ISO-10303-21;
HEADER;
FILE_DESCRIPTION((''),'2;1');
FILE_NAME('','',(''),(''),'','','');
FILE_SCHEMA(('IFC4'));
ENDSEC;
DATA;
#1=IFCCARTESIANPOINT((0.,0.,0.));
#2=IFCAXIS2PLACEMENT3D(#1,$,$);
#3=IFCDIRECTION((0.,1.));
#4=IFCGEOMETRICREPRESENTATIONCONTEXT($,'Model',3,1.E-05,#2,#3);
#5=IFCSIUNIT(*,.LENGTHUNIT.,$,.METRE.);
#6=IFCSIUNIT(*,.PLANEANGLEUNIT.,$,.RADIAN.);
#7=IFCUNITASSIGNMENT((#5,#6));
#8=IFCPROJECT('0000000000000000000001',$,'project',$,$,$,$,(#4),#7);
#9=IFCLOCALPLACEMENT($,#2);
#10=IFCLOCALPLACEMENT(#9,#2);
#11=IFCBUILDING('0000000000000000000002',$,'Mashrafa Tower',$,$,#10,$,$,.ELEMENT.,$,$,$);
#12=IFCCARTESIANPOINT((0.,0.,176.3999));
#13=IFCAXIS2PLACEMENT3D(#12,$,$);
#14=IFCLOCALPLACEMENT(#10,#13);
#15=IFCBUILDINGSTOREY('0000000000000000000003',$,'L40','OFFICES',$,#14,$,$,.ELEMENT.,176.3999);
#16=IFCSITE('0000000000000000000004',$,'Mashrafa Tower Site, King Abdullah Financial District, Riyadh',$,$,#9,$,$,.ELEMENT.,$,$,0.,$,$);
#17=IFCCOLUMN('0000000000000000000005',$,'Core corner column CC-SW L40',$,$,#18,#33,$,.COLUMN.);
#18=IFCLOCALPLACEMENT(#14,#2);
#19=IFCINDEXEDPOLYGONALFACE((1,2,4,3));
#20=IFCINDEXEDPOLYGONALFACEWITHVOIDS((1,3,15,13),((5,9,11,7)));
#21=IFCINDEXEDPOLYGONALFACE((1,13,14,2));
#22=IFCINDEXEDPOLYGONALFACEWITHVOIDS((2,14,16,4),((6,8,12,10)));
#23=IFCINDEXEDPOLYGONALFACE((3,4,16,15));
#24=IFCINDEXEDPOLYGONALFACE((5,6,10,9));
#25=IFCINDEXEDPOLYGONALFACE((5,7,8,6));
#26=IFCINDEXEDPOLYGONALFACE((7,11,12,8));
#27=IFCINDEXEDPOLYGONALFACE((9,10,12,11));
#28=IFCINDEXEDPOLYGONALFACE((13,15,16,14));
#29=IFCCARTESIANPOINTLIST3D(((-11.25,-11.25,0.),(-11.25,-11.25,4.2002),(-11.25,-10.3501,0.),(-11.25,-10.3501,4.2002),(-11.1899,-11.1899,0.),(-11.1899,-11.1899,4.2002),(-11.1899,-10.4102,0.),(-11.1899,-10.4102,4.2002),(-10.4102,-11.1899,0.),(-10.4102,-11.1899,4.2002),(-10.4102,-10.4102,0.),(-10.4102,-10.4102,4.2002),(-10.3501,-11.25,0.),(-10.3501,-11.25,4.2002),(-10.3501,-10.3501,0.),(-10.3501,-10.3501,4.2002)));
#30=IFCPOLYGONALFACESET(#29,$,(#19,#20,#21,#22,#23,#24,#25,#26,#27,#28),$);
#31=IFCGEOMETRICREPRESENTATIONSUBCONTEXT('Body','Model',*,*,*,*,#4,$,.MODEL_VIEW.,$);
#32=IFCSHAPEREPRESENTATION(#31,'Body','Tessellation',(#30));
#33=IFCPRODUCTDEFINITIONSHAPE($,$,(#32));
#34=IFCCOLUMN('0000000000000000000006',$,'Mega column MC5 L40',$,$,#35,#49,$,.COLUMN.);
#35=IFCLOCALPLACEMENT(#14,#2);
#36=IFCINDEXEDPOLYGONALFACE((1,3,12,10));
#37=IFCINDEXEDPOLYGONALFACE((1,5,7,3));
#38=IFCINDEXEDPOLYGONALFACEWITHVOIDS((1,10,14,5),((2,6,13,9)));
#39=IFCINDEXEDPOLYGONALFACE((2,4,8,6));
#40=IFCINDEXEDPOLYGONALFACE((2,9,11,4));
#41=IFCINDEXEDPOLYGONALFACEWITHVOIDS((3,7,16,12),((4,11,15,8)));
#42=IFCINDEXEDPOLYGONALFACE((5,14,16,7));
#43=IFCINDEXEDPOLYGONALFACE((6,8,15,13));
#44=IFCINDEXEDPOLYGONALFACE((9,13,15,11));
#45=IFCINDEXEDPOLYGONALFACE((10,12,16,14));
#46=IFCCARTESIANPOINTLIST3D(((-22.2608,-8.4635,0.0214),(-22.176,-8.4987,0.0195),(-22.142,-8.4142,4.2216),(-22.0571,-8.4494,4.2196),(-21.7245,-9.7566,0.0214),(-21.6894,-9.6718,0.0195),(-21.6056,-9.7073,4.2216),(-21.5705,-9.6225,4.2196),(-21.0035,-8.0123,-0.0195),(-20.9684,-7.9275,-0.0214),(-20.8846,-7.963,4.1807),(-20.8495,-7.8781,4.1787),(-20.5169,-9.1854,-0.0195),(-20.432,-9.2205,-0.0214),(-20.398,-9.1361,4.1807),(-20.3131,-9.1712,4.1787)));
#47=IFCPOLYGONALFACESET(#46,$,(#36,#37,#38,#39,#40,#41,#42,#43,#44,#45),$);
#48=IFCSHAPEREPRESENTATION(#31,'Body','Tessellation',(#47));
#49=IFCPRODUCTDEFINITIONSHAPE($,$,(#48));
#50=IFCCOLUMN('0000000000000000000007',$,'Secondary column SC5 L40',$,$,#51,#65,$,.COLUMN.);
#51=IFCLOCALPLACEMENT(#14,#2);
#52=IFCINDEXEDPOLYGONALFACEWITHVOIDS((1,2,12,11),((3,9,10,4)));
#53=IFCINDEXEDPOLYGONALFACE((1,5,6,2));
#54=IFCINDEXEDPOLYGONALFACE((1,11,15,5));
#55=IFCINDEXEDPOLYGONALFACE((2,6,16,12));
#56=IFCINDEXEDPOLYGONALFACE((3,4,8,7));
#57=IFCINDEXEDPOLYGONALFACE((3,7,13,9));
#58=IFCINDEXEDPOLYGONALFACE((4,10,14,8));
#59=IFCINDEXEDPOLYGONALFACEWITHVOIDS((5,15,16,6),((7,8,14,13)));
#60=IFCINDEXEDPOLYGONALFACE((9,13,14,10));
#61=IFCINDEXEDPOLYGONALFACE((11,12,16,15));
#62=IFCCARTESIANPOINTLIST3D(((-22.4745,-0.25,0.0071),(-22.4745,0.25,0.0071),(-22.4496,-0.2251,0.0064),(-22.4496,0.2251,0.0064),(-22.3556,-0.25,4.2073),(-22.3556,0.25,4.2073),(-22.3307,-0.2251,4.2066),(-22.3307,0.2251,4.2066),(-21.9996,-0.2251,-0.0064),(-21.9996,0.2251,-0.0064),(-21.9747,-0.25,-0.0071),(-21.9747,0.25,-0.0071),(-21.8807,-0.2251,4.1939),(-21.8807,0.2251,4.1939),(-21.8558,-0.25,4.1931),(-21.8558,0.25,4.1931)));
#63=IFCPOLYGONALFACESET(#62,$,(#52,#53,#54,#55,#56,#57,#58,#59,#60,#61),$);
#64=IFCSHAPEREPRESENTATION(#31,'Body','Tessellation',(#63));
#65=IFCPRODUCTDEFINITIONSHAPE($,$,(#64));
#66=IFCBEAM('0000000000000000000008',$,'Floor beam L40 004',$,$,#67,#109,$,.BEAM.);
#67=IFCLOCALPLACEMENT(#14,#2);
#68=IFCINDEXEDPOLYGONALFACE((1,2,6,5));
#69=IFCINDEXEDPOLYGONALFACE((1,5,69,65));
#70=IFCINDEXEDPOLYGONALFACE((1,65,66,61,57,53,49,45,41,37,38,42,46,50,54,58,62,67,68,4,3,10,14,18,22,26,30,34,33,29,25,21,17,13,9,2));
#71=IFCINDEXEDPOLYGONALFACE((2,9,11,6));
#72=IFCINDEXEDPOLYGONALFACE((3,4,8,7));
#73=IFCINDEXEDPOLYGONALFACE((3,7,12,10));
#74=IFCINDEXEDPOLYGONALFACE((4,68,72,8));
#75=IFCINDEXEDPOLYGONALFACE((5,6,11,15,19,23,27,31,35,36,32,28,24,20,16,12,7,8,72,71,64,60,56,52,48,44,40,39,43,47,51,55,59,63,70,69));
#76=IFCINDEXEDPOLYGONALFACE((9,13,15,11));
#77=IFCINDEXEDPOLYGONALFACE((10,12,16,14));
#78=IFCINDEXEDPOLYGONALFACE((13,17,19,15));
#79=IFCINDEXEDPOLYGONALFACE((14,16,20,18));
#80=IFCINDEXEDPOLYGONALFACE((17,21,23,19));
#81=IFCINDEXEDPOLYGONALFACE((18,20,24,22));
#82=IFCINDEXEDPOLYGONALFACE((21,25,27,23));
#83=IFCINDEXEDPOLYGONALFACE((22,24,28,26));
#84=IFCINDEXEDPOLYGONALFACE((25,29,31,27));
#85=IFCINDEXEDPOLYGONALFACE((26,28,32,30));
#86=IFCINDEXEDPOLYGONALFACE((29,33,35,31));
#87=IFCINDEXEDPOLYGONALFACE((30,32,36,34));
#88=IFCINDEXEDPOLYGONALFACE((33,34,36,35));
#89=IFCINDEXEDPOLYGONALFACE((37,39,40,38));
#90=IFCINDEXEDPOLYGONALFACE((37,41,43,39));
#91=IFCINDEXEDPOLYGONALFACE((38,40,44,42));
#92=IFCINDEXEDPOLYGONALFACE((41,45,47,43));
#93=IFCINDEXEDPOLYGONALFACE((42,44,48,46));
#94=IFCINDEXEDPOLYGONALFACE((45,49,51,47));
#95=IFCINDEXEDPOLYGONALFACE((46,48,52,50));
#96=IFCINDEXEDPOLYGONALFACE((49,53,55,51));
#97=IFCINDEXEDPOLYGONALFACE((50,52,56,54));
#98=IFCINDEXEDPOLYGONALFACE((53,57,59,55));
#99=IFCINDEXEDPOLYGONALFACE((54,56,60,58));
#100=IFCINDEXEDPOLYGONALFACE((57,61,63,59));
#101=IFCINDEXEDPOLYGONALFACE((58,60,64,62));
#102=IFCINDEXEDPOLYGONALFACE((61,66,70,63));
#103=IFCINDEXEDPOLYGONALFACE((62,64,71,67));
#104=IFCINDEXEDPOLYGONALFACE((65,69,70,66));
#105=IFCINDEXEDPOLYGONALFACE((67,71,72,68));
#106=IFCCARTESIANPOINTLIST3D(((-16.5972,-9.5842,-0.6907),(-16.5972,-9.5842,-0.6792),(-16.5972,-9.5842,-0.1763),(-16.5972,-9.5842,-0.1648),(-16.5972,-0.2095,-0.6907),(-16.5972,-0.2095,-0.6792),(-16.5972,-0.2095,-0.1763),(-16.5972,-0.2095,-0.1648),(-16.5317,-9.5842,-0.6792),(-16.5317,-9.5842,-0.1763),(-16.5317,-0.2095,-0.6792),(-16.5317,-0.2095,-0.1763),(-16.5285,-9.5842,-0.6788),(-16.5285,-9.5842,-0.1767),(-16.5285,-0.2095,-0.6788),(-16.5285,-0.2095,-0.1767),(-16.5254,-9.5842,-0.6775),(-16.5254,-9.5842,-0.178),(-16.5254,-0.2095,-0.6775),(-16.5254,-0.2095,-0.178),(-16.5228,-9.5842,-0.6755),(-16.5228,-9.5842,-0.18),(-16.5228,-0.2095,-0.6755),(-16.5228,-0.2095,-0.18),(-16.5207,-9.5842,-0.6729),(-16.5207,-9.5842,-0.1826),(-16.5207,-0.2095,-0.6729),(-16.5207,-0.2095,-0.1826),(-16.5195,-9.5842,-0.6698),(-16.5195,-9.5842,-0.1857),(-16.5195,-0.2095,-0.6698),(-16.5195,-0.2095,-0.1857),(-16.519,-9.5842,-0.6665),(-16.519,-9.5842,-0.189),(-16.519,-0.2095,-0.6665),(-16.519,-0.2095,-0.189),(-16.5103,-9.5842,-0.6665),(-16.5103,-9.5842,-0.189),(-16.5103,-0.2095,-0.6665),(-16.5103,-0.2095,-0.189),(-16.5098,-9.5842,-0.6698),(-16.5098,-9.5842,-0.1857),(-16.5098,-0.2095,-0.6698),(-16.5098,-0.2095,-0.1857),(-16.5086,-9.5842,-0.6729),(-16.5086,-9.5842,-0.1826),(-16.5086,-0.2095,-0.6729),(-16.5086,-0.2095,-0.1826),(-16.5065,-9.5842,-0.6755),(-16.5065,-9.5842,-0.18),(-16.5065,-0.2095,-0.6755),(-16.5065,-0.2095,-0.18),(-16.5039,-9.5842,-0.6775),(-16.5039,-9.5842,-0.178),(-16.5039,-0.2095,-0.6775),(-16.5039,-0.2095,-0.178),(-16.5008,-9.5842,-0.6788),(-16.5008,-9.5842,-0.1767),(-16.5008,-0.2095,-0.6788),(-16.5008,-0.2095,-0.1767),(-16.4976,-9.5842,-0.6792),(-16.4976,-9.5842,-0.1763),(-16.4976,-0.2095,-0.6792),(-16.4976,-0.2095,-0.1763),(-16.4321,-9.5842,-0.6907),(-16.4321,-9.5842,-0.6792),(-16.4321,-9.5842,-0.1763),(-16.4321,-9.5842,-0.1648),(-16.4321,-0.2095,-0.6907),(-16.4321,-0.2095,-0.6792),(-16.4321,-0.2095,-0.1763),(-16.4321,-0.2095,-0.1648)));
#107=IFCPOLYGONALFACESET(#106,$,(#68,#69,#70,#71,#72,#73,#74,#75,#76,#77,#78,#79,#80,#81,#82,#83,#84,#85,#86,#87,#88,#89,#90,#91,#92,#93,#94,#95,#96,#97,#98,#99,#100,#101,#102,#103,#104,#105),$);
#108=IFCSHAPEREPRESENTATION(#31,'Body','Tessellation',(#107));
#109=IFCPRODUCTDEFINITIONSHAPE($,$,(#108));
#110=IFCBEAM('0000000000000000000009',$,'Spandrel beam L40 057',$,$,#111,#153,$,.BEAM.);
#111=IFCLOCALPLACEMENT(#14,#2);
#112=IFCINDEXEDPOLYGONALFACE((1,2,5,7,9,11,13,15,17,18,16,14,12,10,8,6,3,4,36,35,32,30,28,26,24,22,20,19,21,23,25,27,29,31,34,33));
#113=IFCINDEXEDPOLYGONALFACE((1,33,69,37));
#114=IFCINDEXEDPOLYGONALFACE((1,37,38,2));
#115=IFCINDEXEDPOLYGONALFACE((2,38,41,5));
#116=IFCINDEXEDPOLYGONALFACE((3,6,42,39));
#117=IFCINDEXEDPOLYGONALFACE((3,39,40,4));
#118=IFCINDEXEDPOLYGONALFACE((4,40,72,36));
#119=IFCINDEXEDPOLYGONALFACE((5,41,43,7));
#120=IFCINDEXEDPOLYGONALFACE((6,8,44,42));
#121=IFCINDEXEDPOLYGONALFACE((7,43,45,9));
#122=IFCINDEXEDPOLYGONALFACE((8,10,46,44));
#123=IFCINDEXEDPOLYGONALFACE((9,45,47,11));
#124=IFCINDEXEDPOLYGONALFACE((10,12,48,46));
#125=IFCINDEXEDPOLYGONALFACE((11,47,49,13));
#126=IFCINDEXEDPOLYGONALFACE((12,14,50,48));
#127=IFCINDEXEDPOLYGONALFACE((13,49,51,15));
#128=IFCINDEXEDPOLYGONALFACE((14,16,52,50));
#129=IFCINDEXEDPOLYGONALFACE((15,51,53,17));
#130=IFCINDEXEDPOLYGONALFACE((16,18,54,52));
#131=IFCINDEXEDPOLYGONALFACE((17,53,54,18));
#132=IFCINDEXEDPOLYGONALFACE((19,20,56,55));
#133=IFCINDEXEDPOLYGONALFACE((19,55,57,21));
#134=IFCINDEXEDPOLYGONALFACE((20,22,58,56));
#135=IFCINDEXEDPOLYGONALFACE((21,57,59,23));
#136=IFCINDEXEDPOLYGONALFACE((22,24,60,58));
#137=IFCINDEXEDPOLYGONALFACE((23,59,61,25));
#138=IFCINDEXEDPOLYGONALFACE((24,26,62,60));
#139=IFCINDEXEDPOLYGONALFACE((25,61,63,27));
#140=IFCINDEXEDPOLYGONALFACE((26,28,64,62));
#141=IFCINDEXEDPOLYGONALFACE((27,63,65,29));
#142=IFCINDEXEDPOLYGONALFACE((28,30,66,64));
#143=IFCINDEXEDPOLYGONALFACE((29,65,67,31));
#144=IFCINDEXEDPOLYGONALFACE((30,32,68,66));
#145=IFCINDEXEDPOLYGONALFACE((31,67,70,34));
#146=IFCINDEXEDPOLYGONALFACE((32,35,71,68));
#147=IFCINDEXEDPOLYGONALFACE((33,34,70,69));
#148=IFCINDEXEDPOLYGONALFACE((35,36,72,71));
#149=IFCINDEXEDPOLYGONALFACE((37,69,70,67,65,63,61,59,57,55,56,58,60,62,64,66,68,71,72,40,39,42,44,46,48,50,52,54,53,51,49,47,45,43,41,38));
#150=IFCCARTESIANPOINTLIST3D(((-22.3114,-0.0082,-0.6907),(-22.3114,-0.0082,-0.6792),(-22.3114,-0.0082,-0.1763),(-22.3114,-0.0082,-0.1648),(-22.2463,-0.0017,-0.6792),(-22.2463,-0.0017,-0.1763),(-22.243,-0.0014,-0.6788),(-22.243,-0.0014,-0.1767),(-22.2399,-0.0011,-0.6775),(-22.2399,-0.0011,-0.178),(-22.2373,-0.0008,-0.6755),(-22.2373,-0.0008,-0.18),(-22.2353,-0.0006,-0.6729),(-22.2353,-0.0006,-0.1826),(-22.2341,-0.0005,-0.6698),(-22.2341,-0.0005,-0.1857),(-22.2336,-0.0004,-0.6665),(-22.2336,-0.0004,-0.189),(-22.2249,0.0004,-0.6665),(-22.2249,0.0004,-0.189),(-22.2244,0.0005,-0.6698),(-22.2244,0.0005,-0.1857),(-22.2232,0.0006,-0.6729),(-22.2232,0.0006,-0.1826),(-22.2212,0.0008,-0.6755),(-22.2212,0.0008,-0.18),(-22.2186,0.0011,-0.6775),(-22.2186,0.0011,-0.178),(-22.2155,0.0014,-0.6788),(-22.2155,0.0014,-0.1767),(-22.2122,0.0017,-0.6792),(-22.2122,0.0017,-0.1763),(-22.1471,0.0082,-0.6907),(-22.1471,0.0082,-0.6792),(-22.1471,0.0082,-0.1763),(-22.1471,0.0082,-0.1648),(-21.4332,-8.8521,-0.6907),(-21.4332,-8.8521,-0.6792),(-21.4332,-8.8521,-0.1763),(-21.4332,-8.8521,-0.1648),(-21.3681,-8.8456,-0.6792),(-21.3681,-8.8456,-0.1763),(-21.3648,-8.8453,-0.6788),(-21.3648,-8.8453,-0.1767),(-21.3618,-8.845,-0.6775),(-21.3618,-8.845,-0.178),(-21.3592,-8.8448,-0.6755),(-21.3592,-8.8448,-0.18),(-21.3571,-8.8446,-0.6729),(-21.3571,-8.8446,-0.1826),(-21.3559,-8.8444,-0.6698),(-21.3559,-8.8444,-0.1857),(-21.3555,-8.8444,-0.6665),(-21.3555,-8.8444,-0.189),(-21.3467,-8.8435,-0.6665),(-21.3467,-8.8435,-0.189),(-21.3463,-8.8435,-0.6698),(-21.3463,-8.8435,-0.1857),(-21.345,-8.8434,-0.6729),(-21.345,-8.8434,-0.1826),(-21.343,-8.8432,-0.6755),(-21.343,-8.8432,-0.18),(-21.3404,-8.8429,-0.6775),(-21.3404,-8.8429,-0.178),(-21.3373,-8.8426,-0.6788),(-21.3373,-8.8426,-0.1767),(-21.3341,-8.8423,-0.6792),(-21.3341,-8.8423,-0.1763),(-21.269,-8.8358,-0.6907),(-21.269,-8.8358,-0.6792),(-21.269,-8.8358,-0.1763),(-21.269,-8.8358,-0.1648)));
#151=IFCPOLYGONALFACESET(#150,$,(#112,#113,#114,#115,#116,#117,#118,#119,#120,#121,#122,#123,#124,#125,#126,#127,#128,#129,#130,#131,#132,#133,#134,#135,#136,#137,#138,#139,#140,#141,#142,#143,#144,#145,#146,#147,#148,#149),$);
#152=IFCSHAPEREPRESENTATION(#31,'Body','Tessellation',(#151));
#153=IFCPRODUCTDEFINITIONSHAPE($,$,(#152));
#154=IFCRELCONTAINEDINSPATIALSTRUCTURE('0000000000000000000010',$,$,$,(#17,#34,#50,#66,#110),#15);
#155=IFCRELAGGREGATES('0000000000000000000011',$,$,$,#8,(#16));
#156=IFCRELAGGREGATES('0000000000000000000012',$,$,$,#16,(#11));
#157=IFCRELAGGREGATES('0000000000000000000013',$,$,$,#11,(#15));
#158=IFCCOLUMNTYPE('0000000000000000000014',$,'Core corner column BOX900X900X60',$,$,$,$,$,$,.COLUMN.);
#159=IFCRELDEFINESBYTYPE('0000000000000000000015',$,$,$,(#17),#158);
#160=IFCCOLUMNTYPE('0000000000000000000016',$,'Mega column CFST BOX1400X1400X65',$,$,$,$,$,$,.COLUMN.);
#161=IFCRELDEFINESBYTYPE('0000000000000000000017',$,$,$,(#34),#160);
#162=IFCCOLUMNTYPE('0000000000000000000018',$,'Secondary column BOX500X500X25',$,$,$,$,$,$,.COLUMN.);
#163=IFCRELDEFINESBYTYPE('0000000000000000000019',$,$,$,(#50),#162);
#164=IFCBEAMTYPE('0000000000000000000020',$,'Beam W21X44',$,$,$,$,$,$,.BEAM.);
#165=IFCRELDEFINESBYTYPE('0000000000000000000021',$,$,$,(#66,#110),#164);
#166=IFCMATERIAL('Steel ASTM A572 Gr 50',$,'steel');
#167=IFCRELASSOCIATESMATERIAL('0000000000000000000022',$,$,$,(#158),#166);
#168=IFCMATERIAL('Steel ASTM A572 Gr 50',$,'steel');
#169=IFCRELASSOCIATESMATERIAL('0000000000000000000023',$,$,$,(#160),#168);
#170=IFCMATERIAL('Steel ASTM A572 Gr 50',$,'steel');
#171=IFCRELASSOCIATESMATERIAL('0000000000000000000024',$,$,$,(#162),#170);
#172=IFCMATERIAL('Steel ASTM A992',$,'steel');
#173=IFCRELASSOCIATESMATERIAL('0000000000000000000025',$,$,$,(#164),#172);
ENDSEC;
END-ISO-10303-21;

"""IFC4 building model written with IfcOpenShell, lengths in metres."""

from ifc_helpers import new_model, si_unit, direction, frame, origin, origin_2d, place, context, subcontext, project, spatial, hollow_rectangle, i_section, extrude, material, material_profile, profile_set, type_object, element, save


model = new_model("IFC4")

# Units and contexts
model_context = context("Model", 3, precision=1e-05, world=origin(), true_north=direction((0.0, 1.0)))
body_context = subcontext(model_context, "Body", "Model", "MODEL_VIEW")
ifc_project = project(units=[si_unit("LENGTHUNIT", "METRE"), si_unit("PLANEANGLEUNIT", "RADIAN")], contexts=[model_context])

# Site, building, storey
site_placement = place(None, origin())
site = spatial("IfcSite", under=ifc_project, at=site_placement, Name="Mashrafa Tower Site, King Abdullah Financial District, Riyadh", CompositionType="ELEMENT", RefElevation=0.0)
building_placement = place(site_placement, origin())
building = spatial("IfcBuilding", under=site, at=building_placement, Name="Mashrafa Tower", CompositionType="ELEMENT")
storey_placement = place(building_placement, frame((0.0, 0.0, 176.3999)))
storey = spatial("IfcBuildingStorey", under=building, at=storey_placement, Name="L40", Description="OFFICES", CompositionType="ELEMENT", Elevation=176.3999)

# Columns
ifc_material_1 = material(Name="Steel ASTM A572 Gr 50", Category="steel")
ifc_material_profile_1 = material_profile(ifc_material_1, hollow_rectangle(XDim=0.8999, YDim=0.8999, WallThickness=0.0601, at=origin_2d()), Name="BOX900X900X60")
ifc_profile_set_1 = profile_set([ifc_material_profile_1], Name="Steel ASTM A572 Gr 50")
column_type_1 = type_object("IfcColumnType", Name="Core corner column BOX900X900X60", PredefinedType="COLUMN", material=ifc_profile_set_1)
column_1_placement = place(storey_placement, frame((-10.8, -10.8, 0.0), z_axis=(0.0, 0.0, 1.0), x_axis=(1.0, 0.0, 0.0)))
element("IfcColumn", 1, at=column_1_placement, inside=storey, type_object=column_type_1, Name="Core corner column CC-SW L40", PredefinedType="COLUMN", context=body_context, shape_type="SweptSolid", body=[
    extrude(hollow_rectangle(XDim=0.8999, YDim=0.8999, WallThickness=0.0601, at=origin_2d()), origin(), (0.0, 0.0, 1.0), 4.2002),
])
ifc_material_2 = material(Name="Steel ASTM A572 Gr 50", Category="steel")
ifc_material_profile_2 = material_profile(ifc_material_2, hollow_rectangle(XDim=1.3999, YDim=1.3999, WallThickness=0.0649, at=origin_2d()), Name="BOX1400X1400X65")
ifc_profile_set_2 = profile_set([ifc_material_profile_2], Name="Steel ASTM A572 Gr 50")
column_type_2 = type_object("IfcColumnType", Name="Mega column CFST BOX1400X1400X65", PredefinedType="COLUMN", material=ifc_profile_set_2)
column_2_placement = place(storey_placement, frame((-21.3464, -8.842, 0.0), z_axis=(0.028294, 0.011736, 0.999531), x_axis=(-0.383133, 0.923693, 0.0)))
element("IfcColumn", 2, at=column_2_placement, inside=storey, type_object=column_type_2, Name="Mega column MC5 L40", PredefinedType="COLUMN", context=body_context, shape_type="SweptSolid", body=[
    extrude(hollow_rectangle(XDim=1.3999, YDim=1.3999, WallThickness=0.0649, at=origin_2d()), origin(), (0.0, 0.0, 1.0), 4.2021),
])
ifc_material_3 = material(Name="Steel ASTM A572 Gr 50", Category="steel")
ifc_material_profile_3 = material_profile(ifc_material_3, hollow_rectangle(XDim=0.5, YDim=0.5, WallThickness=0.0249, at=origin_2d()), Name="BOX500X500X25")
ifc_profile_set_3 = profile_set([ifc_material_profile_3], Name="Steel ASTM A572 Gr 50")
column_type_3 = type_object("IfcColumnType", Name="Secondary column BOX500X500X25", PredefinedType="COLUMN", material=ifc_profile_set_3)
column_3_placement = place(storey_placement, frame((-22.2246, 0.0, 0.0), z_axis=(0.028296, 0.0, 0.9996), x_axis=(0.0, 1.0, 0.0)))
element("IfcColumn", 3, at=column_3_placement, inside=storey, type_object=column_type_3, Name="Secondary column SC5 L40", PredefinedType="COLUMN", context=body_context, shape_type="SweptSolid", body=[
    extrude(hollow_rectangle(XDim=0.5, YDim=0.5, WallThickness=0.0249, at=origin_2d()), origin(), (0.0, 0.0, 1.0), 4.2019),
])

# Beams
ifc_material_4 = material(Name="Steel ASTM A992", Category="steel")
ifc_material_profile_4 = material_profile(ifc_material_4, i_section(OverallWidth=0.165, OverallDepth=0.5259, WebThickness=0.0088, FlangeThickness=0.0115, FilletRadius=0.0127, at=origin_2d()), Name="W21X44")
ifc_profile_set_4 = profile_set([ifc_material_profile_4], Name="Steel ASTM A992")
beam_type_1 = type_object("IfcBeamType", Name="Beam W21X44", PredefinedType="BEAM", material=ifc_profile_set_4)
beam_1_placement = place(storey_placement, frame((-16.5146, -9.5842, -0.4277), z_axis=(0.0, 1.0, 0.0), x_axis=(-1.0, 0.0, 0.0)))
element("IfcBeam", 4, at=beam_1_placement, inside=storey, type_object=beam_type_1, Name="Floor beam L40 004", PredefinedType="BEAM", context=body_context, shape_type="SweptSolid", body=[
    extrude(i_section(OverallWidth=0.165, OverallDepth=0.5259, WebThickness=0.0088, FlangeThickness=0.0115, FilletRadius=0.0127, at=origin_2d()), origin(), (0.0, 0.0, 1.0), 9.3748),
])
for number, where, z_axis, x_axis, name in (
    (5, (-22.2292, 0.0, -0.4277), (0.09881, -0.995106, 0.0), (0.995106, 0.09881, 0.0), "Spandrel beam L40 057"),
):
    element("IfcBeam", number, at=place(storey_placement, frame(where, z_axis=z_axis, x_axis=x_axis)), inside=storey, type_object=beam_type_1, Name=name, PredefinedType="BEAM", context=body_context, shape_type="SweptSolid", body=[
        extrude(i_section(OverallWidth=0.165, OverallDepth=0.5259, WebThickness=0.0088, FlangeThickness=0.0115, FilletRadius=0.0127, at=origin_2d()), origin(), (0.0, 0.0, 1.0), 8.8875),
    ])

save(model, "model.ifc")
